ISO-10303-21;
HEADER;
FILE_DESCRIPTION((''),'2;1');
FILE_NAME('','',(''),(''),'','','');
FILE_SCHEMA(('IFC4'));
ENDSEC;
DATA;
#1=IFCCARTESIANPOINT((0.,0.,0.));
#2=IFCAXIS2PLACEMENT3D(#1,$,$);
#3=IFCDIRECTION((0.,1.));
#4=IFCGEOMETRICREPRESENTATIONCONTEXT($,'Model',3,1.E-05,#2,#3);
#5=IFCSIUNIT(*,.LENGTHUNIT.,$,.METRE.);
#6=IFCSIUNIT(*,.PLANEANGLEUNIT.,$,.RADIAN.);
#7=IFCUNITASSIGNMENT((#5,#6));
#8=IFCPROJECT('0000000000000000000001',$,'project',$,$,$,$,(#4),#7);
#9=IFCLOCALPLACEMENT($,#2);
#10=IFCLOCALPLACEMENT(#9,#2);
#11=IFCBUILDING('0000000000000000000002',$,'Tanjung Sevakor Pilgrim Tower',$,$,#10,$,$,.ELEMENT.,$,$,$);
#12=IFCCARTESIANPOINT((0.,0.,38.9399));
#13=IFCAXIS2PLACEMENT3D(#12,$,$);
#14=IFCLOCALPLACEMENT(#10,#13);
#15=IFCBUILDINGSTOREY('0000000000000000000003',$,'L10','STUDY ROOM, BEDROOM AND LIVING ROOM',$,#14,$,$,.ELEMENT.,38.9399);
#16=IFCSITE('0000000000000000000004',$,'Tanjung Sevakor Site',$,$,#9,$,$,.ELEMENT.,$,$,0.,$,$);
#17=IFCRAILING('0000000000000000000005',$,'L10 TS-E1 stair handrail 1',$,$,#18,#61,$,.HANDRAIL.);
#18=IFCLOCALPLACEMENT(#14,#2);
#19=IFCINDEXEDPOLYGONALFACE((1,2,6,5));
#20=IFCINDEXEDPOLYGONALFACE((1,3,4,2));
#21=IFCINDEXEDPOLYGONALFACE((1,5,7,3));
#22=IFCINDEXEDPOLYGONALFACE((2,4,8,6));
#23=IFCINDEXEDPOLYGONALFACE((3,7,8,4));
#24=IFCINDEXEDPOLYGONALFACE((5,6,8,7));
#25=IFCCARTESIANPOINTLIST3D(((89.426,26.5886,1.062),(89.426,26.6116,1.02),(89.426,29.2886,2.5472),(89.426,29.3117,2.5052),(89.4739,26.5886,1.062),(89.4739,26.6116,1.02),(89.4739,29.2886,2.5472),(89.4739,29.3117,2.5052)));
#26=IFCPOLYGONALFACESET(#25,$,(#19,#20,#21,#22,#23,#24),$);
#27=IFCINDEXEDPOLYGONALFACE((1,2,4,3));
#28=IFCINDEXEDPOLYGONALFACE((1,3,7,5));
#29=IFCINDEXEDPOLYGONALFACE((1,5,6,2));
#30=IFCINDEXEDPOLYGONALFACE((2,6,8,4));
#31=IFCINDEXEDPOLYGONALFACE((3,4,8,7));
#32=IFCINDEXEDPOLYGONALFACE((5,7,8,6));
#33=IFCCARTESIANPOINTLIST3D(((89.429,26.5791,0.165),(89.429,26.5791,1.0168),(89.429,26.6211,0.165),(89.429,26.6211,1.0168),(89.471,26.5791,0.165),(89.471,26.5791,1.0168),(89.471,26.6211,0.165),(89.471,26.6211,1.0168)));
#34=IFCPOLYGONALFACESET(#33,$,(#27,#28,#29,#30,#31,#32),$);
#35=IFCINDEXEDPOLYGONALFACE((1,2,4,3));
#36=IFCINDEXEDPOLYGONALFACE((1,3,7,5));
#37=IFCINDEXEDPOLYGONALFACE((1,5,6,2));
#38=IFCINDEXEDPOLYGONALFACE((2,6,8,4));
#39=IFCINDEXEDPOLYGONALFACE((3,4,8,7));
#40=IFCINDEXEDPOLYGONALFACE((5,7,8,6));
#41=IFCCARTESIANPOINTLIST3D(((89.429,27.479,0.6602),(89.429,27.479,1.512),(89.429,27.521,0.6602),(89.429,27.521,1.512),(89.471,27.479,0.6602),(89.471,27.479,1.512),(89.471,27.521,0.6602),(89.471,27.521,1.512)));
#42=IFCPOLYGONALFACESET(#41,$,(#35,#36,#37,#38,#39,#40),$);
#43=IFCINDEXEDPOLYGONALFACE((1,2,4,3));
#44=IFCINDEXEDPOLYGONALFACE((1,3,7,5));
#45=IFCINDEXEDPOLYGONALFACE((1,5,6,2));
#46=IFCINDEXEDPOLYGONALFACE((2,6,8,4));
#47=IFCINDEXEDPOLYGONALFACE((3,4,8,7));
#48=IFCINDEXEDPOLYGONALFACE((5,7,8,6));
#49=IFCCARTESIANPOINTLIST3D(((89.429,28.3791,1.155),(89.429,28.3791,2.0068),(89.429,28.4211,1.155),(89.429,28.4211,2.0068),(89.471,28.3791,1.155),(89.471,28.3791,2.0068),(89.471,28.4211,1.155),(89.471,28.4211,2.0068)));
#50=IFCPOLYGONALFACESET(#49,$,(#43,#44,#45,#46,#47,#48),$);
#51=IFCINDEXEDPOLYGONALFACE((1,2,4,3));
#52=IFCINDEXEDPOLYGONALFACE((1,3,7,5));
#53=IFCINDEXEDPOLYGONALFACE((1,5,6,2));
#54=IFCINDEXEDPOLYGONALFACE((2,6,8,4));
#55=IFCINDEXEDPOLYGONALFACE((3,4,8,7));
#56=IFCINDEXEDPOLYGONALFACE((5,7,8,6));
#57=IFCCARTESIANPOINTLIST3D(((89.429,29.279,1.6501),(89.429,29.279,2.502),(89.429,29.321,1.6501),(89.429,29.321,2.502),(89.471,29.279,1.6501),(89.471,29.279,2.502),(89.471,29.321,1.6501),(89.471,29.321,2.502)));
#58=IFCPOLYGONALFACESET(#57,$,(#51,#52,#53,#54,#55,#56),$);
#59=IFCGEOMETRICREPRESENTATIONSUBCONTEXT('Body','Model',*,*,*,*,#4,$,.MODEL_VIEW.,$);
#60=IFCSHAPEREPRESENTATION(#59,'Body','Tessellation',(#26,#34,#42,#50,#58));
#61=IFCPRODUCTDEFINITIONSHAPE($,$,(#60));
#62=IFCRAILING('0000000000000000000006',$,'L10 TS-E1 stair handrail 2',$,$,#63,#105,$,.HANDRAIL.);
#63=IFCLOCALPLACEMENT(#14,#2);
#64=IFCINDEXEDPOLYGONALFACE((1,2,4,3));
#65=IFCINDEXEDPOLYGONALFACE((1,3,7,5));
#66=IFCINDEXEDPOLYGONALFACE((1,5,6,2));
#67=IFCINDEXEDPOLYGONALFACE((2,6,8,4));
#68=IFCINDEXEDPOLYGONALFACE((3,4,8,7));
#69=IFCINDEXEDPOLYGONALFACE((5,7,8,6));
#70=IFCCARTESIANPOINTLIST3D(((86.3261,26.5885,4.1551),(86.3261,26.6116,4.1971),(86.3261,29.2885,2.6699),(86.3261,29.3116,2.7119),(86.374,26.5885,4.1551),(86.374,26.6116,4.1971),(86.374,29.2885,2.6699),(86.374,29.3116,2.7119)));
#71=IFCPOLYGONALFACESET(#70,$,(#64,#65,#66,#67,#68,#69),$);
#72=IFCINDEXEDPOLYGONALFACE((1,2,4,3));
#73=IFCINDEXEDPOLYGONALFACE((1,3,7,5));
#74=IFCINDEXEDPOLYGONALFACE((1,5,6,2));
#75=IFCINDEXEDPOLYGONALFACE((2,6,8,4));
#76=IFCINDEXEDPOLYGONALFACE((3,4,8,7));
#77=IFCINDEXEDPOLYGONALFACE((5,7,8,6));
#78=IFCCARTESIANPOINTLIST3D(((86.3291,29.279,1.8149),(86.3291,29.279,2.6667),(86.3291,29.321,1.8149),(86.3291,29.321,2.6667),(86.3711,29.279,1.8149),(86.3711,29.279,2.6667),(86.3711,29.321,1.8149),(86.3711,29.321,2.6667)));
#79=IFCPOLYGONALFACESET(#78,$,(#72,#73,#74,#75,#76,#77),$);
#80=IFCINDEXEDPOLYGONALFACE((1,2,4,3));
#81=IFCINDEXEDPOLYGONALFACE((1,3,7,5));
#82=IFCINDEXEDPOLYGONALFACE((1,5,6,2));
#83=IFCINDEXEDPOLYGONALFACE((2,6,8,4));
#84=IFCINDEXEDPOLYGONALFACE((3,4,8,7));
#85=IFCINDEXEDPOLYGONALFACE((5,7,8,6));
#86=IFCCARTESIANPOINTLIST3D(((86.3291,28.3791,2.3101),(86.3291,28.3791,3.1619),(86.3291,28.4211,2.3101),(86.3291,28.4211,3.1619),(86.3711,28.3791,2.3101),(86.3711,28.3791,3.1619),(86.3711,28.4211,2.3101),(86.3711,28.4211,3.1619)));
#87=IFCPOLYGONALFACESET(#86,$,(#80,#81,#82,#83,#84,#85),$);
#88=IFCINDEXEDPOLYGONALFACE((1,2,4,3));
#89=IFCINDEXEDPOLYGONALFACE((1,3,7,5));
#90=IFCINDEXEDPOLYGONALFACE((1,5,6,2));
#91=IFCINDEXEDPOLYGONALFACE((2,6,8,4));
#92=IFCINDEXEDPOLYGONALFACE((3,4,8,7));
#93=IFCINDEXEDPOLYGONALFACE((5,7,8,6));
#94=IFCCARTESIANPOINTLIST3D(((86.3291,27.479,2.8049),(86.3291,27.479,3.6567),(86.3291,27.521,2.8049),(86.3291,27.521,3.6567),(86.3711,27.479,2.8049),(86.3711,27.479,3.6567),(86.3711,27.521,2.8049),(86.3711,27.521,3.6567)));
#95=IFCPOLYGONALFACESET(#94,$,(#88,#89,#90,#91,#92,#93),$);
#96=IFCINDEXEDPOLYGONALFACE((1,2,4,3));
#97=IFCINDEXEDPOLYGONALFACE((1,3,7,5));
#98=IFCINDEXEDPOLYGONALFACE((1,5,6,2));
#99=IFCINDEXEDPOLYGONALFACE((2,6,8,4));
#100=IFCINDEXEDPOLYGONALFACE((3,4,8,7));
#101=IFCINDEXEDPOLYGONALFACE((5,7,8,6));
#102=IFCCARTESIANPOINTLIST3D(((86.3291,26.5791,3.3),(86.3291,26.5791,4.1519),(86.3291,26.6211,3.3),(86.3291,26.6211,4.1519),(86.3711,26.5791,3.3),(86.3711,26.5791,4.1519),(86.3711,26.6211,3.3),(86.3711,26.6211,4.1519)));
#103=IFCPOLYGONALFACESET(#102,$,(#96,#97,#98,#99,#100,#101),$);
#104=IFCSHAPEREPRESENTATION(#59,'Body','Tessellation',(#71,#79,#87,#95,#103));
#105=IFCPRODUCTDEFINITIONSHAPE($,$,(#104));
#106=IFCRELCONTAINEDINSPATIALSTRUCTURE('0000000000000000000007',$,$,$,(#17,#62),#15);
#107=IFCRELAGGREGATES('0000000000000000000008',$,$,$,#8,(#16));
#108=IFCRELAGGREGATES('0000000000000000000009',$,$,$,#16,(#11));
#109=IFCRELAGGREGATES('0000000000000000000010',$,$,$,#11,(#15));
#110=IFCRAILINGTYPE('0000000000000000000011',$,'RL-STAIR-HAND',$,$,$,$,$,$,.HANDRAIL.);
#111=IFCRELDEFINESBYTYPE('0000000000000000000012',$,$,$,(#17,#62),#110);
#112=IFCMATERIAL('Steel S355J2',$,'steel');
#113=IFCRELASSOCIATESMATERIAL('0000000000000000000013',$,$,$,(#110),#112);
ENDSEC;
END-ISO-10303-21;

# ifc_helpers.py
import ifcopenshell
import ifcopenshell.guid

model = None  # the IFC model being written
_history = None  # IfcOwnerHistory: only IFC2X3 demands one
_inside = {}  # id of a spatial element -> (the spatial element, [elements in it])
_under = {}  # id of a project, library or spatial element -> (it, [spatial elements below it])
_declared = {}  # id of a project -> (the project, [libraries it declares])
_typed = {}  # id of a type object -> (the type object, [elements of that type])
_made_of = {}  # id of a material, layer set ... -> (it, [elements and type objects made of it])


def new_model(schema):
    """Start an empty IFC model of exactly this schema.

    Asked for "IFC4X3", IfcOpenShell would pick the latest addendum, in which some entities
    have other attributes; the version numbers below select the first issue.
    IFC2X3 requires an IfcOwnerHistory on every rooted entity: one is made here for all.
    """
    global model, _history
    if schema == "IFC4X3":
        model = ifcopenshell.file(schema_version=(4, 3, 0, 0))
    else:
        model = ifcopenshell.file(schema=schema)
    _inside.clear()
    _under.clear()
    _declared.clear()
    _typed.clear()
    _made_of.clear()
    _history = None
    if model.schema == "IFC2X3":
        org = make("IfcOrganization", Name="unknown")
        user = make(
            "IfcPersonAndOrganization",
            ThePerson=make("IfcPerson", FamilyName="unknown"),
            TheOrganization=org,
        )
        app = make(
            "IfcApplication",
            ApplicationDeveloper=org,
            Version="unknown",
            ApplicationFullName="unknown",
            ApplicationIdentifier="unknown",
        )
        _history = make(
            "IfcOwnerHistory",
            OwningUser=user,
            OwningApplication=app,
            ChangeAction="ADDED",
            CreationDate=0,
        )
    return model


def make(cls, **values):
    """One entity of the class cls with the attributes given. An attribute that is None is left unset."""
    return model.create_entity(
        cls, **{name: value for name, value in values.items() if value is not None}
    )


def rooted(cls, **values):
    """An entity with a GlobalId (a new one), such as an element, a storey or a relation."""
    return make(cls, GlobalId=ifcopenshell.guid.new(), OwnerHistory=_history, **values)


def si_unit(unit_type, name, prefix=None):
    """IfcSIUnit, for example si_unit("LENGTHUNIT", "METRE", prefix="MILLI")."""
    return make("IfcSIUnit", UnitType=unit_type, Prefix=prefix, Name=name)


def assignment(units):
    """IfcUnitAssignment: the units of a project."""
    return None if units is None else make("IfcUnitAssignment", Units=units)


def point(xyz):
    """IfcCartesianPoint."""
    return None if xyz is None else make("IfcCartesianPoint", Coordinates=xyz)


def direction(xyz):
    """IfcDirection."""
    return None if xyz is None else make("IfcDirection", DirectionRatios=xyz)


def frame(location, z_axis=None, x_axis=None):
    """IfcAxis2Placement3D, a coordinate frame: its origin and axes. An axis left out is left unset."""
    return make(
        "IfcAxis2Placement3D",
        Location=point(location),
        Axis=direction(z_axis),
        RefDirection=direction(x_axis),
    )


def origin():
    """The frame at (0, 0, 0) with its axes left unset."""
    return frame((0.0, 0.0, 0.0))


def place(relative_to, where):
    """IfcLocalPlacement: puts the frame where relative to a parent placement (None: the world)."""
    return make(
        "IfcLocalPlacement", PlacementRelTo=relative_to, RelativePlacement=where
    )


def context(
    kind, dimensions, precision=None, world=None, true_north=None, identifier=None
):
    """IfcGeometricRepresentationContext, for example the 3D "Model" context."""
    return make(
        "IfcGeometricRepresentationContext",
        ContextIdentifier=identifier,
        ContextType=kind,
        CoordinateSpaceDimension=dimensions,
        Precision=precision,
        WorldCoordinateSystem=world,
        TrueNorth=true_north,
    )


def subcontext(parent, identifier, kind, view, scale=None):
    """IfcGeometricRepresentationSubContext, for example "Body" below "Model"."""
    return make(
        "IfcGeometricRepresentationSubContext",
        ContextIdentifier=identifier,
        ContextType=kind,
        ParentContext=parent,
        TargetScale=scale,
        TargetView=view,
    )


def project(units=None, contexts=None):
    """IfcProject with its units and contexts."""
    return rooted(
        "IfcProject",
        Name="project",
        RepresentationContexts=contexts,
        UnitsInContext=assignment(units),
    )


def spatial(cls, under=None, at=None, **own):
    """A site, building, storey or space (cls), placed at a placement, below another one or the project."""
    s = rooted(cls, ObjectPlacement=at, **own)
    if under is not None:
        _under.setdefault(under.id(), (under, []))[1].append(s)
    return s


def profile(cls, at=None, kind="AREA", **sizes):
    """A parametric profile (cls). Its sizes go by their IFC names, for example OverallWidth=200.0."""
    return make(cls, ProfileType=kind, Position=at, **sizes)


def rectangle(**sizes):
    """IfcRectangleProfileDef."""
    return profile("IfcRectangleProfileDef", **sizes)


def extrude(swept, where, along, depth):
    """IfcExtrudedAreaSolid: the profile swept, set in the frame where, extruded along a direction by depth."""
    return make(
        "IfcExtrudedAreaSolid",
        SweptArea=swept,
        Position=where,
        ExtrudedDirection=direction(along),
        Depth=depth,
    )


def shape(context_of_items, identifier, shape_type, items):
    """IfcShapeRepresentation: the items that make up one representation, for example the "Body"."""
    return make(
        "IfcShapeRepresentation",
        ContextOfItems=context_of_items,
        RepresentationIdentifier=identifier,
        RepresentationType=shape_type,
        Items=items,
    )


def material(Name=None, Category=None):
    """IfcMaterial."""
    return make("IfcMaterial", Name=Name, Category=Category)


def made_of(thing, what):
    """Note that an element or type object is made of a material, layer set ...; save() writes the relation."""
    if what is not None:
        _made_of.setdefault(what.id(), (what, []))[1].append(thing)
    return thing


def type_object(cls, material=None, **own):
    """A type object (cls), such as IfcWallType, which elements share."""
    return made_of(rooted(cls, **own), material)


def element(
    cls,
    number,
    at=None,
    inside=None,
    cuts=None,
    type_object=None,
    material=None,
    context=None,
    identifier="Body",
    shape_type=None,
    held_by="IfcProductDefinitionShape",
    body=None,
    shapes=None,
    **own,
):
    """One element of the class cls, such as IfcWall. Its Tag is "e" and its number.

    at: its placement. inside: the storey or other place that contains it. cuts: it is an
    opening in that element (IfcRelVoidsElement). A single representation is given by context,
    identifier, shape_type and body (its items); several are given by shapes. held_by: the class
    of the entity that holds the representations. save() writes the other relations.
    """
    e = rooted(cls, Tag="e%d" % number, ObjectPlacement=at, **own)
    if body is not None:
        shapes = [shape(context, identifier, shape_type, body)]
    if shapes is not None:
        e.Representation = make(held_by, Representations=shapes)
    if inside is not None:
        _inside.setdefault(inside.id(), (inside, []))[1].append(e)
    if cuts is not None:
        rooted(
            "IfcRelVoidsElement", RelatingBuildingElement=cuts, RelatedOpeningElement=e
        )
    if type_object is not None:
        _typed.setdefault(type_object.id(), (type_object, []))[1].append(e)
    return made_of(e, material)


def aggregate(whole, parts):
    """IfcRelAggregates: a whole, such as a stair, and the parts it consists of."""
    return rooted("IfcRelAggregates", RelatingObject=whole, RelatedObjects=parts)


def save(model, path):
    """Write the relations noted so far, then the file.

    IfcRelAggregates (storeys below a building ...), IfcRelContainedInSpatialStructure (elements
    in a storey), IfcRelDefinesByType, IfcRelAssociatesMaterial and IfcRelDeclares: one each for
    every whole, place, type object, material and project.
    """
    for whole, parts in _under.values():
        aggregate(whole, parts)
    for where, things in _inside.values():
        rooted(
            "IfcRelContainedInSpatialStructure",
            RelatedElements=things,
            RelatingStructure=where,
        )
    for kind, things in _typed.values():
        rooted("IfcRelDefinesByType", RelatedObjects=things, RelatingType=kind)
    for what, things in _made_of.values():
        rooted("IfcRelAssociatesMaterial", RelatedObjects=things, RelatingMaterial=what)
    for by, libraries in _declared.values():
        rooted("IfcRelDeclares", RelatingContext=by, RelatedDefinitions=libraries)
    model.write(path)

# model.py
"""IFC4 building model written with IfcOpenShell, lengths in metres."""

from ifc_helpers import new_model, si_unit, direction, frame, origin, place, context, subcontext, project, spatial, rectangle, extrude, material, type_object, element, save


model = new_model("IFC4")

# Units and contexts
model_context = context("Model", 3, precision=1e-05, world=origin(), true_north=direction((0.0, 1.0)))
body_context = subcontext(model_context, "Body", "Model", "MODEL_VIEW")
ifc_project = project(units=[si_unit("LENGTHUNIT", "METRE"), si_unit("PLANEANGLEUNIT", "RADIAN")], contexts=[model_context])

# Site, building, storey
site_placement = place(None, origin())
site = spatial("IfcSite", under=ifc_project, at=site_placement, Name="Tanjung Sevakor Site", CompositionType="ELEMENT", RefElevation=0.0)
building_placement = place(site_placement, origin())
building = spatial("IfcBuilding", under=site, at=building_placement, Name="Tanjung Sevakor Pilgrim Tower", CompositionType="ELEMENT")
storey_placement = place(building_placement, frame((0.0, 0.0, 38.9399)))
storey = spatial("IfcBuildingStorey", under=building, at=storey_placement, Name="L10", Description="STUDY ROOM, BEDROOM AND LIVING ROOM", CompositionType="ELEMENT", Elevation=38.9399)

# Railings
ifc_material_1 = material(Name="Steel S355J2", Category="steel")
railing_type_1 = type_object("IfcRailingType", Name="RL-STAIR-HAND", PredefinedType="HANDRAIL", material=ifc_material_1)
railing_1_placement = place(storey_placement, frame((89.45, 26.6001, 0.165)))
element("IfcRailing", 1, at=railing_1_placement, inside=storey, type_object=railing_type_1, Name="L10 TS-E1 stair handrail 1", PredefinedType="HANDRAIL", context=body_context, shape_type="SweptSolid", body=[
    extrude(rectangle(XDim=0.0479, YDim=0.0479), frame((0.0, 0.0, 0.876), z_axis=(0.0, 0.876198, 0.481952), x_axis=(-1.0, 0.0, 0.0)), (0.0, 0.0, 1.0), 3.0815),
    extrude(rectangle(XDim=0.042, YDim=0.042), origin(), (0.0, 0.0, 1.0), 0.8518),
    extrude(rectangle(XDim=0.042, YDim=0.042), frame((0.0, 0.8999, 0.4951)), (0.0, 0.0, 1.0), 0.8518),
    extrude(rectangle(XDim=0.042, YDim=0.042), frame((0.0, 1.8, 0.99)), (0.0, 0.0, 1.0), 0.8518),
    extrude(rectangle(XDim=0.042, YDim=0.042), frame((0.0, 2.7, 1.4851)), (0.0, 0.0, 1.0), 0.8518),
])
railing_2_placement = place(storey_placement, frame((86.3501, 29.3, 1.8149)))
element("IfcRailing", 2, at=railing_2_placement, inside=storey, type_object=railing_type_1, Name="L10 TS-E1 stair handrail 2", PredefinedType="HANDRAIL", context=body_context, shape_type="SweptSolid", body=[
    extrude(rectangle(XDim=0.0479, YDim=0.0479), frame((0.0, 0.0, 0.876), z_axis=(0.0, -0.876198, 0.481952), x_axis=(1.0, 0.0, 0.0)), (0.0, 0.0, 1.0), 3.0815),
    extrude(rectangle(XDim=0.042, YDim=0.042), origin(), (0.0, 0.0, 1.0), 0.8518),
    extrude(rectangle(XDim=0.042, YDim=0.042), frame((0.0, -0.8999, 0.4951)), (0.0, 0.0, 1.0), 0.8518),
    extrude(rectangle(XDim=0.042, YDim=0.042), frame((0.0, -1.8, 0.99)), (0.0, 0.0, 1.0), 0.8518),
    extrude(rectangle(XDim=0.042, YDim=0.042), frame((0.0, -2.7, 1.4851)), (0.0, 0.0, 1.0), 0.8518),
])

save(model, "model.ifc")
